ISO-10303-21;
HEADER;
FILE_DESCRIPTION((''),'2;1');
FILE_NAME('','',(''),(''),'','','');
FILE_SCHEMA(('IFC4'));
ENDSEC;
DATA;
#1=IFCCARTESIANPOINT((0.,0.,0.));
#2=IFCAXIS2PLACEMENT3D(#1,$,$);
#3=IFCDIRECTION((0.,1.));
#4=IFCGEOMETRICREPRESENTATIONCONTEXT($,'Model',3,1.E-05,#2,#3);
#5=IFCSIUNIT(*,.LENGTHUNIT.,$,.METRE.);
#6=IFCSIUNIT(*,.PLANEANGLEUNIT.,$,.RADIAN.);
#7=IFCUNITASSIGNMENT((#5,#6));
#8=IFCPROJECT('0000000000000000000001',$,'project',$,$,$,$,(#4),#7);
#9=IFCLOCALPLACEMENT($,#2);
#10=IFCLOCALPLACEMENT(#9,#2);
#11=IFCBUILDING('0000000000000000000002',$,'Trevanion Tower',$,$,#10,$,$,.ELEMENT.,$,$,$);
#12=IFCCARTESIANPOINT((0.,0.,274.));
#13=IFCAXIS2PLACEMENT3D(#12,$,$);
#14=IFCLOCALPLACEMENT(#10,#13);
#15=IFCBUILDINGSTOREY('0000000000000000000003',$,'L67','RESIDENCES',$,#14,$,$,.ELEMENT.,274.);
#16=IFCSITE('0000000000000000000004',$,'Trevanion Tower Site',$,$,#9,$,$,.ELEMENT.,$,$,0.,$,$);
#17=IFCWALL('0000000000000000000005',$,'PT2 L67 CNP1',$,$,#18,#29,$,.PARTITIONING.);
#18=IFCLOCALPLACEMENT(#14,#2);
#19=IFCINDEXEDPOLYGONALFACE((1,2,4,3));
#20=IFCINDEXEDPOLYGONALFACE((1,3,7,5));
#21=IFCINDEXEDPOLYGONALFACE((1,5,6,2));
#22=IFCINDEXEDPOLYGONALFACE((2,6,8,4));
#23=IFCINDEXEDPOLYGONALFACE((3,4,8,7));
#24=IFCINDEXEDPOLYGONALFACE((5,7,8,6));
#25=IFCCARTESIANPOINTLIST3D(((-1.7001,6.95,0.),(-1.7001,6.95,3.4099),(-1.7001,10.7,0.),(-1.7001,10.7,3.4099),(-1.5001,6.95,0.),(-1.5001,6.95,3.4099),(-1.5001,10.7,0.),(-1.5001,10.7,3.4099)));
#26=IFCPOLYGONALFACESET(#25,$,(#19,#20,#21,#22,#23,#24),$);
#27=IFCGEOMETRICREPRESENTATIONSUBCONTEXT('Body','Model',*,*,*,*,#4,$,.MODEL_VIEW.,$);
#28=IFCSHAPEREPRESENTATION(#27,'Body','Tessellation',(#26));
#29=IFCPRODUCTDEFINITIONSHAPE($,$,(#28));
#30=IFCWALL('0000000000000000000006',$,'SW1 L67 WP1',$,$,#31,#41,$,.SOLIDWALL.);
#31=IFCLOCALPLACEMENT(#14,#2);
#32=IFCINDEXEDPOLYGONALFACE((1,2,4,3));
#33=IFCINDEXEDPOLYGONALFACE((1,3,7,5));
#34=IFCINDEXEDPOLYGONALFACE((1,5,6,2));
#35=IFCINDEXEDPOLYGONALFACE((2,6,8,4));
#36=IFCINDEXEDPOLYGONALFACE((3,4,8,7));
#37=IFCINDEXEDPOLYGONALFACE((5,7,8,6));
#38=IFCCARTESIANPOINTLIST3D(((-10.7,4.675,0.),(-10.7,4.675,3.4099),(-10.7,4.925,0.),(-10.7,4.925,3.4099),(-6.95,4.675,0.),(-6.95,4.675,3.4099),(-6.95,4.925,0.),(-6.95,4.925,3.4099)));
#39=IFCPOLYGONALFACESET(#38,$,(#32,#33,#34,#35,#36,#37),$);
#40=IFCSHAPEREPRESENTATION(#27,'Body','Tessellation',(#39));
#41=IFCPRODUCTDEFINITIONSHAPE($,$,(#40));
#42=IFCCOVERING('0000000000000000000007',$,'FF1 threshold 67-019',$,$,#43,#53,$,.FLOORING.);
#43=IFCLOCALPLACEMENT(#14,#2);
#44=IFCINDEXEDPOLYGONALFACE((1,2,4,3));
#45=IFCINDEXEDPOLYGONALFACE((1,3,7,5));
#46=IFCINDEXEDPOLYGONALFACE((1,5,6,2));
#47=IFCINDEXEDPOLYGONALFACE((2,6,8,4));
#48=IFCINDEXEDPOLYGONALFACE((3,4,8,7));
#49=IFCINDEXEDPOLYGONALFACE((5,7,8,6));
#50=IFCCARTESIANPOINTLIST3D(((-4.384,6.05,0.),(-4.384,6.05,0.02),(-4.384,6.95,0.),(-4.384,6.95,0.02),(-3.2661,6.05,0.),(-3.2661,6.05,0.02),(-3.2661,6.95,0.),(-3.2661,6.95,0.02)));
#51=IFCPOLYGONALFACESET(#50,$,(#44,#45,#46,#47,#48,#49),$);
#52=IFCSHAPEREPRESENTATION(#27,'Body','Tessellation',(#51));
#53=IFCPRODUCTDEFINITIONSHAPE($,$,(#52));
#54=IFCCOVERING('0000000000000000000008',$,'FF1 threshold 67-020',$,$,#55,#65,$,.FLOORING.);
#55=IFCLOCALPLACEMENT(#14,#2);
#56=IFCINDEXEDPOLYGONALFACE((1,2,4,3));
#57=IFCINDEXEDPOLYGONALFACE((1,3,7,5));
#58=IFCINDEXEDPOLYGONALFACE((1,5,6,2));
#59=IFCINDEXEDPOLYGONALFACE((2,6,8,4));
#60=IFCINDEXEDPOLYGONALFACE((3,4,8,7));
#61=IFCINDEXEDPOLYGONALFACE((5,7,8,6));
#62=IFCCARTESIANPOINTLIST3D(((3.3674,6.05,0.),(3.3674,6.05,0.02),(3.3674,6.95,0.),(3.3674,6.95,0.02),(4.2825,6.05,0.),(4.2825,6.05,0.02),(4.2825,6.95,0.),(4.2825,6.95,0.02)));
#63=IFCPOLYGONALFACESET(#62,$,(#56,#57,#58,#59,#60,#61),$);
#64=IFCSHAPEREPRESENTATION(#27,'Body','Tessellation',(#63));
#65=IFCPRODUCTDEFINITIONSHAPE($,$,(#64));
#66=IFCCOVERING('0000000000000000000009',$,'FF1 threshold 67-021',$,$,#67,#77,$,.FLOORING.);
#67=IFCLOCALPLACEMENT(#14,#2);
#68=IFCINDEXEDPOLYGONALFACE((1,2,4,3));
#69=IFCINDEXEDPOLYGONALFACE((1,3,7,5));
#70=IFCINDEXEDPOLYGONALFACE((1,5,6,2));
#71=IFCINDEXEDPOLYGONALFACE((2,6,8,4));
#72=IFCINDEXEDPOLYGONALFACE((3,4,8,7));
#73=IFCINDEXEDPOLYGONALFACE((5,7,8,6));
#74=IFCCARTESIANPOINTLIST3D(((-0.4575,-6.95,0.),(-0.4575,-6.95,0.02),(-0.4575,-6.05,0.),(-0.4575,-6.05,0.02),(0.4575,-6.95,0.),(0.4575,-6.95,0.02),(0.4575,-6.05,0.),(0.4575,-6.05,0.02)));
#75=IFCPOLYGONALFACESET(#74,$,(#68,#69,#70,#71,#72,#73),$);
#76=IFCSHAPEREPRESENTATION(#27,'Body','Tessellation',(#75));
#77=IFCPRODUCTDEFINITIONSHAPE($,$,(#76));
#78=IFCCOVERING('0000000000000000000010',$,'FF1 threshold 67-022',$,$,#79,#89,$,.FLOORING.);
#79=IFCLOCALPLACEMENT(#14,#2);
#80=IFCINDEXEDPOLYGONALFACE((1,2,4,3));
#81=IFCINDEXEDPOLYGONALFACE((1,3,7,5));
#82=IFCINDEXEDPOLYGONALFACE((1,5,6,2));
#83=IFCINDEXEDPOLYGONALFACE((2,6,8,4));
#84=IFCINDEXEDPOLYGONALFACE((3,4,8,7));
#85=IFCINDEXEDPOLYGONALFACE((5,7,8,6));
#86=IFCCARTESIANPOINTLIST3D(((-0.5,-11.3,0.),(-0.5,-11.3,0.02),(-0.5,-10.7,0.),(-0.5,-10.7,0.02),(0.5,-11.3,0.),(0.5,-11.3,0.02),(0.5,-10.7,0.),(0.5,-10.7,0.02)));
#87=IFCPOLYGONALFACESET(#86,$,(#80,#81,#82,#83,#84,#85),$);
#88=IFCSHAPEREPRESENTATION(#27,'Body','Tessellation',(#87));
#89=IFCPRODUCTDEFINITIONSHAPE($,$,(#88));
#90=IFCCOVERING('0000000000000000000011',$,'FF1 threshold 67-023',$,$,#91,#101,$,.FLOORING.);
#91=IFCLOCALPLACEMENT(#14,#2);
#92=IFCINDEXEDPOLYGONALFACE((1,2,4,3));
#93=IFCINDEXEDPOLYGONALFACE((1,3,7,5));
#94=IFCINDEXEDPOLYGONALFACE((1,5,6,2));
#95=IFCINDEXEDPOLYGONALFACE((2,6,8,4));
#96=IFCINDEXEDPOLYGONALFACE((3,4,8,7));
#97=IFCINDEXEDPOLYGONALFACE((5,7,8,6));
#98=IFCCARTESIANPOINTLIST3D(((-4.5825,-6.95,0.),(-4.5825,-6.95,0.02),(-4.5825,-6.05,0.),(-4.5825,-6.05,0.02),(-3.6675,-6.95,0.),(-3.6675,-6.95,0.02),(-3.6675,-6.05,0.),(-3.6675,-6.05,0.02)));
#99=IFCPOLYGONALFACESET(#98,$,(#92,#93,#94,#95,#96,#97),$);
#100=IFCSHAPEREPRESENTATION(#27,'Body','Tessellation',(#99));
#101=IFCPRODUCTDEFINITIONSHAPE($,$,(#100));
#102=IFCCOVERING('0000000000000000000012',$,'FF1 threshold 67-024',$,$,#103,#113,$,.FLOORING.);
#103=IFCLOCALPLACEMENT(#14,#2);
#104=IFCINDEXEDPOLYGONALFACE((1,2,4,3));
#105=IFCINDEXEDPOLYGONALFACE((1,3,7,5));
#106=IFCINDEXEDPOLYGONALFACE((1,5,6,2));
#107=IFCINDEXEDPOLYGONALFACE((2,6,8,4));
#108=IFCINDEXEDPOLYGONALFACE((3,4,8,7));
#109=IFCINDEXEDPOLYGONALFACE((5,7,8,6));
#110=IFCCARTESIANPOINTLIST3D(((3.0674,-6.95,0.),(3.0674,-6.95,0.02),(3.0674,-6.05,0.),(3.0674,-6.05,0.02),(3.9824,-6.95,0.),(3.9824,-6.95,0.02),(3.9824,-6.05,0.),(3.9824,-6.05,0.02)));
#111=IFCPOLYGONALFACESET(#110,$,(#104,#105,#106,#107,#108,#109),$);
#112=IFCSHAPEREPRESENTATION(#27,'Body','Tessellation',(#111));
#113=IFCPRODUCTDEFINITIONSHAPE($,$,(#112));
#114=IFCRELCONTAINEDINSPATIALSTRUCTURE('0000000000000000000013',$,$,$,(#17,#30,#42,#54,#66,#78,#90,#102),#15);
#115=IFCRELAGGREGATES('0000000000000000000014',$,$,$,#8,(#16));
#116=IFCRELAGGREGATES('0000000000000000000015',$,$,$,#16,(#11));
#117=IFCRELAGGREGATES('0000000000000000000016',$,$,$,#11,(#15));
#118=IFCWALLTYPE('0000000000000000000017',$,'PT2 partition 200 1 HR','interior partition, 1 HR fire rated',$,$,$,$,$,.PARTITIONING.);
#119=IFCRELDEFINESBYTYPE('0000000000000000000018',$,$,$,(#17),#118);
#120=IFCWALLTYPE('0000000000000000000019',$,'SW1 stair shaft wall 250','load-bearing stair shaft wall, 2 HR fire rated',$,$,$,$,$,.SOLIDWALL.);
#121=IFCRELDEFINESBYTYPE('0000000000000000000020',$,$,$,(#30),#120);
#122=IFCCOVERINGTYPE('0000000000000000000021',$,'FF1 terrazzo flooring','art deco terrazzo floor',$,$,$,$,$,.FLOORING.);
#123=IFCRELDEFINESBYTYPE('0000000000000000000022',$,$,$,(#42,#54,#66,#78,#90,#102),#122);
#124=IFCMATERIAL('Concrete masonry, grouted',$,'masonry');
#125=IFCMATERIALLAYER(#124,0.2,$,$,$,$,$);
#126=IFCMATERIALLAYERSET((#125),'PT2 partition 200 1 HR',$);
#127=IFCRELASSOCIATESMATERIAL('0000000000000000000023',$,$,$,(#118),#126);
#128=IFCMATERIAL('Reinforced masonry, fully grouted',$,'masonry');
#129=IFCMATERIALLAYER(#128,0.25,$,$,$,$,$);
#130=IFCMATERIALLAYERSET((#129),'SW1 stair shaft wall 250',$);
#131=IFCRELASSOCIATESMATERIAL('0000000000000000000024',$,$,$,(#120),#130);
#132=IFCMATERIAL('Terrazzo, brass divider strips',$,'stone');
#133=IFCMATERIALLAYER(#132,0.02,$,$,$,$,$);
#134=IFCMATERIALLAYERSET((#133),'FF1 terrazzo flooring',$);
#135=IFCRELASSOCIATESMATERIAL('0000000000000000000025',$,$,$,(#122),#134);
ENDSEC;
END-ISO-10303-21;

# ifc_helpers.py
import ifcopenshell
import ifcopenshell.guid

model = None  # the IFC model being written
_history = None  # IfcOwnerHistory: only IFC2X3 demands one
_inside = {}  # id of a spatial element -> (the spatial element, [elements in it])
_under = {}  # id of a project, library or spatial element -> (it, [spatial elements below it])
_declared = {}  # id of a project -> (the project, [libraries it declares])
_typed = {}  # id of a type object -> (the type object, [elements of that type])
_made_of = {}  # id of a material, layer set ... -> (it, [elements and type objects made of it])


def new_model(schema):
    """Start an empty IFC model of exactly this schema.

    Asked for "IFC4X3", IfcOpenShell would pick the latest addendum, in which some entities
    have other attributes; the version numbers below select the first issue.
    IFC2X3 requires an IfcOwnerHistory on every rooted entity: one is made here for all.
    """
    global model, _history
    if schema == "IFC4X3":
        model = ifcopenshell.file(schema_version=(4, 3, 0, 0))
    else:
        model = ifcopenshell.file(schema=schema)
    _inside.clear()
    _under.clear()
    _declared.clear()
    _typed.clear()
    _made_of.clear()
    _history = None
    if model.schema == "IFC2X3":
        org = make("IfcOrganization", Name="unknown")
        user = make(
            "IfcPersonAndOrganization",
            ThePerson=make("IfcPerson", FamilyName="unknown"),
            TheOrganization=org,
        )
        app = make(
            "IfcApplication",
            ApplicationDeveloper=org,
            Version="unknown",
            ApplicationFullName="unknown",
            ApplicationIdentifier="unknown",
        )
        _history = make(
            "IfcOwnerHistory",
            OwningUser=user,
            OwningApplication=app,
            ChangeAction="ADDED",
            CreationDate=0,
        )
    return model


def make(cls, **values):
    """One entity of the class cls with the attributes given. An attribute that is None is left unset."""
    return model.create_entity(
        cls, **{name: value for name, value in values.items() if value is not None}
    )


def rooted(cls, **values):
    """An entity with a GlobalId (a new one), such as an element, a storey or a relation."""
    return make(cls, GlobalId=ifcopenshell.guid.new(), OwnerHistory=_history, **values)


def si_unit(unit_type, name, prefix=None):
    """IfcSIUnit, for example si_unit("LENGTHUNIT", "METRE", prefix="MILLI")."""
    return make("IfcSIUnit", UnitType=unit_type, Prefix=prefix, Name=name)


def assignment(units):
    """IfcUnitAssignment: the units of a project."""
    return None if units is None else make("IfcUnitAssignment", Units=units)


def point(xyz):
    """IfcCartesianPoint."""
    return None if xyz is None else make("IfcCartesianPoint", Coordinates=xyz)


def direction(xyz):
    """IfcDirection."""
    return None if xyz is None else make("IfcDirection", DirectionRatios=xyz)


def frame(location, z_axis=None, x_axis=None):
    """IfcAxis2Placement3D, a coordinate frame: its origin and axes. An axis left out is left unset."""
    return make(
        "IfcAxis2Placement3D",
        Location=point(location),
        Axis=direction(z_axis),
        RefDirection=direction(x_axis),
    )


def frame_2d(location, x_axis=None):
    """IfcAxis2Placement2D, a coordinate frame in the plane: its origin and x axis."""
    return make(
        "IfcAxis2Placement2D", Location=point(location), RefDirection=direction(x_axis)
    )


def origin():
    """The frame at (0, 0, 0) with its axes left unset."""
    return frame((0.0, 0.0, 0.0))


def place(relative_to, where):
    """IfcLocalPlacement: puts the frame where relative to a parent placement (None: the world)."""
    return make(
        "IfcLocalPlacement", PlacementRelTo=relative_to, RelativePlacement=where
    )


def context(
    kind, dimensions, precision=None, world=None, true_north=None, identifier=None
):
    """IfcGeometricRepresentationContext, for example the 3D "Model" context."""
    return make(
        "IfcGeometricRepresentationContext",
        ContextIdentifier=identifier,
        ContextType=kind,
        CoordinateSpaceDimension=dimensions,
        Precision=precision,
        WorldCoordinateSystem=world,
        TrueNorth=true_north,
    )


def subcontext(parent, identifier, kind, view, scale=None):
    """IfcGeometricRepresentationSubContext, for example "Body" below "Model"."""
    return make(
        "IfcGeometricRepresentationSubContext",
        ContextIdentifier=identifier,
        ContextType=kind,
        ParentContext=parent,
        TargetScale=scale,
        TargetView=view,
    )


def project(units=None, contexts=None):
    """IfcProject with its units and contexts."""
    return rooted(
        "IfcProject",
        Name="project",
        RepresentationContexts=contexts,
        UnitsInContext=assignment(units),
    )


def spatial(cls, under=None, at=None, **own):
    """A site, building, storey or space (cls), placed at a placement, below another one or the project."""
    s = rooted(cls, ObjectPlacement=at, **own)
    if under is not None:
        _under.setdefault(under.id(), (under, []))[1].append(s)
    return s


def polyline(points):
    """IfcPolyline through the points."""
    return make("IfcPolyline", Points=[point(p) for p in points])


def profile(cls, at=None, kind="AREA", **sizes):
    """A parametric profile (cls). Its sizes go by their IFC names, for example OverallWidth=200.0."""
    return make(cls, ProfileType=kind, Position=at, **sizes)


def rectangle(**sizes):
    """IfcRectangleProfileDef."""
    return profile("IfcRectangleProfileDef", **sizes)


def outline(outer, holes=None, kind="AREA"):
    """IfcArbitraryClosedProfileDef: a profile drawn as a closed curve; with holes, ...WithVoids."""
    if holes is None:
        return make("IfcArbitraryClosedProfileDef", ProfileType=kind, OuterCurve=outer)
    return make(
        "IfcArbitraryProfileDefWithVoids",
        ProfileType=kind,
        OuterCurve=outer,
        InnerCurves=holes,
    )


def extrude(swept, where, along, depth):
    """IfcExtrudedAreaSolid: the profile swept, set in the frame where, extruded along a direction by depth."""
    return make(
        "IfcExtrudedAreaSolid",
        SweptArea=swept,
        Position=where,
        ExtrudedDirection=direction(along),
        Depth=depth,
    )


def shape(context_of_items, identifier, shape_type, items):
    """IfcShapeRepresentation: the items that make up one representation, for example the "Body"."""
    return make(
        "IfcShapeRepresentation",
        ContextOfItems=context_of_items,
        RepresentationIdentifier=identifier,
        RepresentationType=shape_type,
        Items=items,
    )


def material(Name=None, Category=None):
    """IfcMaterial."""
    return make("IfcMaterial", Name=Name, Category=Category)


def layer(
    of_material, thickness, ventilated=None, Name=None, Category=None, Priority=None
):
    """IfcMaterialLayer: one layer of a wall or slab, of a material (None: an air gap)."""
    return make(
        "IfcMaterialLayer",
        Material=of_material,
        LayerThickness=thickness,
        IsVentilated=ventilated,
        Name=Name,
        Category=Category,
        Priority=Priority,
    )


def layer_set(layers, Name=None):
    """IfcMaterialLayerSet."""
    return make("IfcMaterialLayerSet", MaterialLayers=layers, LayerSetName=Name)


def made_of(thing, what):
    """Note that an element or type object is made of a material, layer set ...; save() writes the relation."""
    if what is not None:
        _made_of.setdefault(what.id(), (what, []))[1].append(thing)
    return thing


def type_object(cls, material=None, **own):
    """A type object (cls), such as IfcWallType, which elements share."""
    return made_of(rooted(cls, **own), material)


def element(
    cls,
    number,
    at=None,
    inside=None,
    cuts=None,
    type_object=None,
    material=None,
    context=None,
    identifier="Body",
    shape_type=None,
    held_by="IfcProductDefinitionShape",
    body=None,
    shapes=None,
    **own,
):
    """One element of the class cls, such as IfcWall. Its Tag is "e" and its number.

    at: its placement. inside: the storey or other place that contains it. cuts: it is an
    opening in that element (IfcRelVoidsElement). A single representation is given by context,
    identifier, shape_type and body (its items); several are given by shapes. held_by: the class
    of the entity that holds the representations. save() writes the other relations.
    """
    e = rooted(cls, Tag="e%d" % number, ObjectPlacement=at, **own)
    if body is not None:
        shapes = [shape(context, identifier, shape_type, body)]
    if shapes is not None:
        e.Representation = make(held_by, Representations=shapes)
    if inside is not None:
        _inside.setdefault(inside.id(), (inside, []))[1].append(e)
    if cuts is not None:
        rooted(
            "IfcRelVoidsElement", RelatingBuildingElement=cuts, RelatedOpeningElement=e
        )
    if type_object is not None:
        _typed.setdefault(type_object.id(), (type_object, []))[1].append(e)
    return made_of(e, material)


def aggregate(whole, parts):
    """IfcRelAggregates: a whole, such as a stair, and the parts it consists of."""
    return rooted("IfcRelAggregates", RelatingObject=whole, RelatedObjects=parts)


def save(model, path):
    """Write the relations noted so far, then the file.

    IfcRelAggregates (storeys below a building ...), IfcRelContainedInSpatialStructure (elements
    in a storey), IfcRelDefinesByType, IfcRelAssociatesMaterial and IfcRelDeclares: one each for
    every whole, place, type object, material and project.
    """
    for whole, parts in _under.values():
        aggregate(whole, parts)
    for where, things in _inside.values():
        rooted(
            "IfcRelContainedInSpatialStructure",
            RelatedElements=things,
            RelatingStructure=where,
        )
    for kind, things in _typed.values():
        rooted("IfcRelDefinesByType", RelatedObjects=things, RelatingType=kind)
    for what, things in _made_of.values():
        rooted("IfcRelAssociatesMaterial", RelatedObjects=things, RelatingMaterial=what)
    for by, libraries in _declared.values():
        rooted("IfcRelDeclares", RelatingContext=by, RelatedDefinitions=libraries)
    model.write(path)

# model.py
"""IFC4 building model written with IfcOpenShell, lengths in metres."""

from ifc_helpers import new_model, si_unit, direction, frame, frame_2d, origin, place, context, subcontext, project, spatial, polyline, rectangle, outline, extrude, material, layer, layer_set, type_object, element, save


model = new_model("IFC4")

# Units and contexts
model_context = context("Model", 3, precision=1e-05, world=origin(), true_north=direction((0.0, 1.0)))
body_context = subcontext(model_context, "Body", "Model", "MODEL_VIEW")
ifc_project = project(units=[si_unit("LENGTHUNIT", "METRE"), si_unit("PLANEANGLEUNIT", "RADIAN")], contexts=[model_context])

# Site, building, storey
site_placement = place(None, origin())
site = spatial("IfcSite", under=ifc_project, at=site_placement, Name="Trevanion Tower Site", CompositionType="ELEMENT", RefElevation=0.0)
building_placement = place(site_placement, origin())
building = spatial("IfcBuilding", under=site, at=building_placement, Name="Trevanion Tower", CompositionType="ELEMENT")
storey_placement = place(building_placement, frame((0.0, 0.0, 274.0)))
storey = spatial("IfcBuildingStorey", under=building, at=storey_placement, Name="L67", Description="RESIDENCES", CompositionType="ELEMENT", Elevation=274.0)

# Shared definitions
ifc_material_1 = material(Name="Concrete masonry, grouted", Category="masonry")
ifc_layer_1 = layer(ifc_material_1, 0.2)
ifc_layer_set_1 = layer_set([ifc_layer_1], Name="PT2 partition 200 1 HR")
wall_type_1 = type_object("IfcWallType", Name="PT2 partition 200 1 HR", Description="interior partition, 1 HR fire rated", PredefinedType="PARTITIONING", material=ifc_layer_set_1)

# Walls
wall_1_placement = place(storey_placement, frame((-1.6001, 6.95, 0.0), z_axis=(0.0, 0.0, 1.0), x_axis=(0.0, 1.0, 0.0)))
element("IfcWall", 1, at=wall_1_placement, inside=storey, type_object=wall_type_1, Name="PT2 L67 CNP1", PredefinedType="PARTITIONING", context=body_context, shape_type="SweptSolid", body=[
    extrude(rectangle(XDim=3.75, YDim=0.2, at=frame_2d((1.875, 0.0))), origin(), (0.0, 0.0, 1.0), 3.4099),
])
ifc_material_2 = material(Name="Reinforced masonry, fully grouted", Category="masonry")
ifc_layer_2 = layer(ifc_material_2, 0.25)
ifc_layer_set_2 = layer_set([ifc_layer_2], Name="SW1 stair shaft wall 250")
wall_type_2 = type_object("IfcWallType", Name="SW1 stair shaft wall 250", Description="load-bearing stair shaft wall, 2 HR fire rated", PredefinedType="SOLIDWALL", material=ifc_layer_set_2)
wall_2_placement = place(storey_placement, frame((-6.95, 4.8, 0.0), z_axis=(0.0, 0.0, 1.0), x_axis=(-1.0, 0.0, 0.0)))
element("IfcWall", 2, at=wall_2_placement, inside=storey, type_object=wall_type_2, Name="SW1 L67 WP1", PredefinedType="SOLIDWALL", context=body_context, shape_type="SweptSolid", body=[
    extrude(rectangle(XDim=3.75, YDim=0.25, at=frame_2d((1.875, 0.0))), origin(), (0.0, 0.0, 1.0), 3.4099),
])

# Coverings
ifc_material_3 = material(Name="Terrazzo, brass divider strips", Category="stone")
ifc_layer_3 = layer(ifc_material_3, 0.02)
ifc_layer_set_3 = layer_set([ifc_layer_3], Name="FF1 terrazzo flooring")
covering_type = type_object("IfcCoveringType", Name="FF1 terrazzo flooring", Description="art deco terrazzo floor", PredefinedType="FLOORING", material=ifc_layer_set_3)
covering_1_placement = place(storey_placement, origin())
element("IfcCovering", 3, at=covering_1_placement, inside=storey, type_object=covering_type, Name="FF1 threshold 67-019", PredefinedType="FLOORING", context=body_context, shape_type="SweptSolid", body=[
    extrude(outline(polyline([(-3.2661, 6.95), (-4.384, 6.95), (-4.384, 6.05), (-3.2661, 6.05), (-3.2661, 6.95)])), origin(), (0.0, 0.0, 1.0), 0.02),
])
covering_2_placement = place(storey_placement, origin())
element("IfcCovering", 4, at=covering_2_placement, inside=storey, type_object=covering_type, Name="FF1 threshold 67-020", PredefinedType="FLOORING", context=body_context, shape_type="SweptSolid", body=[
    extrude(outline(polyline([(4.2825, 6.95), (3.3674, 6.95), (3.3674, 6.05), (4.2825, 6.05), (4.2825, 6.95)])), origin(), (0.0, 0.0, 1.0), 0.02),
])
covering_3_placement = place(storey_placement, origin())
element("IfcCovering", 5, at=covering_3_placement, inside=storey, type_object=covering_type, Name="FF1 threshold 67-021", PredefinedType="FLOORING", context=body_context, shape_type="SweptSolid", body=[
    extrude(outline(polyline([(-0.4575, -6.95), (0.4575, -6.95), (0.4575, -6.05), (-0.4575, -6.05), (-0.4575, -6.95)])), origin(), (0.0, 0.0, 1.0), 0.02),
])
covering_4_placement = place(storey_placement, origin())
element("IfcCovering", 6, at=covering_4_placement, inside=storey, type_object=covering_type, Name="FF1 threshold 67-022", PredefinedType="FLOORING", context=body_context, shape_type="SweptSolid", body=[
    extrude(outline(polyline([(-0.5, -11.3), (0.5, -11.3), (0.5, -10.7), (-0.5, -10.7), (-0.5, -11.3)])), origin(), (0.0, 0.0, 1.0), 0.02),
])
covering_5_placement = place(storey_placement, origin())
element("IfcCovering", 7, at=covering_5_placement, inside=storey, type_object=covering_type, Name="FF1 threshold 67-023", PredefinedType="FLOORING", context=body_context, shape_type="SweptSolid", body=[
    extrude(outline(polyline([(-4.5825, -6.95), (-3.6675, -6.95), (-3.6675, -6.05), (-4.5825, -6.05), (-4.5825, -6.95)])), origin(), (0.0, 0.0, 1.0), 0.02),
])
covering_6_placement = place(storey_placement, origin())
element("IfcCovering", 8, at=covering_6_placement, inside=storey, type_object=covering_type, Name="FF1 threshold 67-024", PredefinedType="FLOORING", context=body_context, shape_type="SweptSolid", body=[
    extrude(outline(polyline([(3.0674, -6.95), (3.9824, -6.95), (3.9824, -6.05), (3.0674, -6.05), (3.0674, -6.95)])), origin(), (0.0, 0.0, 1.0), 0.02),
])

save(model, "model.ifc")
